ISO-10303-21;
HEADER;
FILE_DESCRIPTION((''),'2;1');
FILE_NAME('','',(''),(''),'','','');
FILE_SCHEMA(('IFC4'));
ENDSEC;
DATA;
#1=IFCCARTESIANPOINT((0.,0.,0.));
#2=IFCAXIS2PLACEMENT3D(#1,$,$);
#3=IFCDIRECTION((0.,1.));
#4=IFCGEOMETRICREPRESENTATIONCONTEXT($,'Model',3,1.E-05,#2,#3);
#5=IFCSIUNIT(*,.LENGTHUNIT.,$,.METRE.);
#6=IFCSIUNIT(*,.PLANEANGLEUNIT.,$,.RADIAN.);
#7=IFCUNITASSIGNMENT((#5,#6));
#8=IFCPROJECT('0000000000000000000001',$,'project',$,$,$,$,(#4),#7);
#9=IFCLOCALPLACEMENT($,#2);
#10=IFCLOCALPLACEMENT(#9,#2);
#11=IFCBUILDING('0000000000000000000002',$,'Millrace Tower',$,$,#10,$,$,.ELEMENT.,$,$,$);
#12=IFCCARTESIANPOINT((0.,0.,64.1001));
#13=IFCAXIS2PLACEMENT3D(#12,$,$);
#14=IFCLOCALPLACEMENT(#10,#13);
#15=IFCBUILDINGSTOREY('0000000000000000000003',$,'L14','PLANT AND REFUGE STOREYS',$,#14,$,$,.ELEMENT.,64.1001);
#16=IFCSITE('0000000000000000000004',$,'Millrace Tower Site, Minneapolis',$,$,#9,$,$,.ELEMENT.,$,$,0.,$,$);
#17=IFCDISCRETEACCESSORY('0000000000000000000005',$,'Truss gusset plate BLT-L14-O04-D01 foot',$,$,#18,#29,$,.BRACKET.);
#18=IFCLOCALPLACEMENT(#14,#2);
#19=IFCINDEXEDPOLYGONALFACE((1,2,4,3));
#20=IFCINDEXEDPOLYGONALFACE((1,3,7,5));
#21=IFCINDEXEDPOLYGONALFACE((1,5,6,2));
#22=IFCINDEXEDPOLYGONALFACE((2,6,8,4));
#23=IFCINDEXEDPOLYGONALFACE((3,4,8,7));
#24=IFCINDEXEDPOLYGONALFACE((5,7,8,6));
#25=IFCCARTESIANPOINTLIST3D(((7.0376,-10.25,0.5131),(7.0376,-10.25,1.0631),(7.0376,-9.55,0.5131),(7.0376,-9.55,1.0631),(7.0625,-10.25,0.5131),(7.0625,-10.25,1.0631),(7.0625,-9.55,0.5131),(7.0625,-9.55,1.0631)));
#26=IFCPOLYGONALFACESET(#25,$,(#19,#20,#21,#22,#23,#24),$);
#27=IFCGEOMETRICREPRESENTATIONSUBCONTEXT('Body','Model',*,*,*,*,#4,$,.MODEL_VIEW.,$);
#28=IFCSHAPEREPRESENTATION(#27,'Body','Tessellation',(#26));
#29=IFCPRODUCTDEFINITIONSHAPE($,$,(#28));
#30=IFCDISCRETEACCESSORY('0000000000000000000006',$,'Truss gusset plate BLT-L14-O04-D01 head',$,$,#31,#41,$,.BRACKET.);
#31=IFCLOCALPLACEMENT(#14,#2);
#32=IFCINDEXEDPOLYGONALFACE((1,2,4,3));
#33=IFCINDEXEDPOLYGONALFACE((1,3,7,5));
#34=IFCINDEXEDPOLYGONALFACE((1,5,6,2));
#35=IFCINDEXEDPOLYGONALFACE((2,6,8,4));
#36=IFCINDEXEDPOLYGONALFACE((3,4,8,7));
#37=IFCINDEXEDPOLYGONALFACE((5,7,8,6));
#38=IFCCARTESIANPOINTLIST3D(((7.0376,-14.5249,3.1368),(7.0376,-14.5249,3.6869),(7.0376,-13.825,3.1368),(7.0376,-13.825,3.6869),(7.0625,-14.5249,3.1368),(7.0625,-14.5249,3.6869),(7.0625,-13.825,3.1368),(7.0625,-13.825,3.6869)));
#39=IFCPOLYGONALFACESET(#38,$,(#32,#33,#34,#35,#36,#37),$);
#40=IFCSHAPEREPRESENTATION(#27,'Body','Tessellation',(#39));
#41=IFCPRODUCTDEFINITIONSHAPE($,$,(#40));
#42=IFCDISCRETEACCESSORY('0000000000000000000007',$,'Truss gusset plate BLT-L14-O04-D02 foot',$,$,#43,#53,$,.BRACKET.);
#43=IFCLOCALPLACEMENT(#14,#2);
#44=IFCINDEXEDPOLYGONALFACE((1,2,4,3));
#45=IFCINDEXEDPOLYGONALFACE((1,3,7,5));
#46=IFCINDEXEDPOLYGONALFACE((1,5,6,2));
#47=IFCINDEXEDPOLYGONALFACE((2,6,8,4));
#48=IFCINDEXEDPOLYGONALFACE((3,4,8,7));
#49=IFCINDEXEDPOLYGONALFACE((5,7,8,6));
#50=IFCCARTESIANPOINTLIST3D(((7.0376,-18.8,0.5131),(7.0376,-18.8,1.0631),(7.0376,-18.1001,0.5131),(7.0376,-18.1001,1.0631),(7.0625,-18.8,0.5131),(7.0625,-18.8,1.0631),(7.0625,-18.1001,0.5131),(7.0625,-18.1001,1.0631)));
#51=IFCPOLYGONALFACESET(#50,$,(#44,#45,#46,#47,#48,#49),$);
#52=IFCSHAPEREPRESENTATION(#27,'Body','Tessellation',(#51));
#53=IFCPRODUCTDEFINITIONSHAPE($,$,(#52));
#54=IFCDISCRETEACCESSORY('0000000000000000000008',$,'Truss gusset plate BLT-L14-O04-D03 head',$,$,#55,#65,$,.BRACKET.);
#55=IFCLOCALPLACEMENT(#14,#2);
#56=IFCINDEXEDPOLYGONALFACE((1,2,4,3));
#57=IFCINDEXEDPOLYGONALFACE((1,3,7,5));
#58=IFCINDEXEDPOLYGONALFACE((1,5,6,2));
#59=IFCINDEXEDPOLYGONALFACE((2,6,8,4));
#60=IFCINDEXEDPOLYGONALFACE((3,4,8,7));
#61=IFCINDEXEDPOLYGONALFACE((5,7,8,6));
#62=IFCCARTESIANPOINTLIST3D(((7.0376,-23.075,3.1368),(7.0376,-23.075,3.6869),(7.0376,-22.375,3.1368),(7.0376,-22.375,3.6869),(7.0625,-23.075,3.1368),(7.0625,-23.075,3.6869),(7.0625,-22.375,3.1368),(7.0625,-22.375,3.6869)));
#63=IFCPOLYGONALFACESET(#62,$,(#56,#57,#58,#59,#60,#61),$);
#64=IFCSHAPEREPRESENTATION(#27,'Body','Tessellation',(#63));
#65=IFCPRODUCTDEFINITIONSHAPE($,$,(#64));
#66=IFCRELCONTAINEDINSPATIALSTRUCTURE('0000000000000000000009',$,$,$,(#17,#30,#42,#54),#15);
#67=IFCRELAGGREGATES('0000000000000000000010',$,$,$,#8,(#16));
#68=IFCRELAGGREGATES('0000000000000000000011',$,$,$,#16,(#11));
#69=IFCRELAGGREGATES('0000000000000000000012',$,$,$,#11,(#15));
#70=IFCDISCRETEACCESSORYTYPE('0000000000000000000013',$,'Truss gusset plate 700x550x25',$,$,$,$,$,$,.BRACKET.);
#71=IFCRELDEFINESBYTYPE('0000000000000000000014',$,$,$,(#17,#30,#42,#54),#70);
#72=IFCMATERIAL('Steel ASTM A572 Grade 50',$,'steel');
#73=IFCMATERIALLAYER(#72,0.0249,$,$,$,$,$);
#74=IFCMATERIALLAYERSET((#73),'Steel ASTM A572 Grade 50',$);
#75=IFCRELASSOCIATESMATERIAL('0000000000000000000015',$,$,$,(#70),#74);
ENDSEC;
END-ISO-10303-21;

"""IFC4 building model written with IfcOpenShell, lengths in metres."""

from ifc_helpers import new_model, si_unit, direction, frame, origin, origin_2d, place, context, subcontext, project, spatial, rectangle, extrude, material, layer, layer_set, type_object, element, save


model = new_model("IFC4")

# Units and contexts
model_context = context("Model", 3, precision=1e-05, world=origin(), true_north=direction((0.0, 1.0)))
body_context = subcontext(model_context, "Body", "Model", "MODEL_VIEW")
ifc_project = project(units=[si_unit("LENGTHUNIT", "METRE"), si_unit("PLANEANGLEUNIT", "RADIAN")], contexts=[model_context])

# Site, building, storey
site_placement = place(None, origin())
site = spatial("IfcSite", under=ifc_project, at=site_placement, Name="Millrace Tower Site, Minneapolis", CompositionType="ELEMENT", RefElevation=0.0)
building_placement = place(site_placement, origin())
building = spatial("IfcBuilding", under=site, at=building_placement, Name="Millrace Tower", CompositionType="ELEMENT")
storey_placement = place(building_placement, frame((0.0, 0.0, 64.1001)))
storey = spatial("IfcBuildingStorey", under=building, at=storey_placement, Name="L14", Description="PLANT AND REFUGE STOREYS", CompositionType="ELEMENT", Elevation=64.1001)

# Discrete accessories
ifc_material_1 = material(Name="Steel ASTM A572 Grade 50", Category="steel")
ifc_layer_1 = layer(ifc_material_1, 0.0249)
ifc_layer_set_1 = layer_set([ifc_layer_1], Name="Steel ASTM A572 Grade 50")
discrete_accessory_type = type_object("IfcDiscreteAccessoryType", Name="Truss gusset plate 700x550x25", PredefinedType="BRACKET", material=ifc_layer_set_1)
for number, where, z_axis, x_axis, name in (
    (1, (7.05, -10.25, 0.7881), (0.0, 1.0, 0.0), (-1.0, 0.0, 0.0), "Truss gusset plate BLT-L14-O04-D01 foot"),
    (2, (7.05, -14.5249, 3.4119), (0.0, 1.0, 0.0), (-1.0, 0.0, 0.0), "Truss gusset plate BLT-L14-O04-D01 head"),
    (3, (7.05, -18.8, 0.7881), (0.0, 1.0, 0.0), (-1.0, 0.0, 0.0), "Truss gusset plate BLT-L14-O04-D02 foot"),
    (4, (7.05, -23.075, 3.4119), (0.0, 1.0, 0.0), (-1.0, 0.0, 0.0), "Truss gusset plate BLT-L14-O04-D03 head"),
):
    element("IfcDiscreteAccessory", number, at=place(storey_placement, frame(where, z_axis=z_axis, x_axis=x_axis)), inside=storey, type_object=discrete_accessory_type, Name=name, PredefinedType="BRACKET", context=body_context, shape_type="SweptSolid", body=[
        extrude(rectangle(XDim=0.0249, YDim=0.55, at=origin_2d()), origin(), (0.0, 0.0, 1.0), 0.7),
    ])

save(model, "model.ifc")
